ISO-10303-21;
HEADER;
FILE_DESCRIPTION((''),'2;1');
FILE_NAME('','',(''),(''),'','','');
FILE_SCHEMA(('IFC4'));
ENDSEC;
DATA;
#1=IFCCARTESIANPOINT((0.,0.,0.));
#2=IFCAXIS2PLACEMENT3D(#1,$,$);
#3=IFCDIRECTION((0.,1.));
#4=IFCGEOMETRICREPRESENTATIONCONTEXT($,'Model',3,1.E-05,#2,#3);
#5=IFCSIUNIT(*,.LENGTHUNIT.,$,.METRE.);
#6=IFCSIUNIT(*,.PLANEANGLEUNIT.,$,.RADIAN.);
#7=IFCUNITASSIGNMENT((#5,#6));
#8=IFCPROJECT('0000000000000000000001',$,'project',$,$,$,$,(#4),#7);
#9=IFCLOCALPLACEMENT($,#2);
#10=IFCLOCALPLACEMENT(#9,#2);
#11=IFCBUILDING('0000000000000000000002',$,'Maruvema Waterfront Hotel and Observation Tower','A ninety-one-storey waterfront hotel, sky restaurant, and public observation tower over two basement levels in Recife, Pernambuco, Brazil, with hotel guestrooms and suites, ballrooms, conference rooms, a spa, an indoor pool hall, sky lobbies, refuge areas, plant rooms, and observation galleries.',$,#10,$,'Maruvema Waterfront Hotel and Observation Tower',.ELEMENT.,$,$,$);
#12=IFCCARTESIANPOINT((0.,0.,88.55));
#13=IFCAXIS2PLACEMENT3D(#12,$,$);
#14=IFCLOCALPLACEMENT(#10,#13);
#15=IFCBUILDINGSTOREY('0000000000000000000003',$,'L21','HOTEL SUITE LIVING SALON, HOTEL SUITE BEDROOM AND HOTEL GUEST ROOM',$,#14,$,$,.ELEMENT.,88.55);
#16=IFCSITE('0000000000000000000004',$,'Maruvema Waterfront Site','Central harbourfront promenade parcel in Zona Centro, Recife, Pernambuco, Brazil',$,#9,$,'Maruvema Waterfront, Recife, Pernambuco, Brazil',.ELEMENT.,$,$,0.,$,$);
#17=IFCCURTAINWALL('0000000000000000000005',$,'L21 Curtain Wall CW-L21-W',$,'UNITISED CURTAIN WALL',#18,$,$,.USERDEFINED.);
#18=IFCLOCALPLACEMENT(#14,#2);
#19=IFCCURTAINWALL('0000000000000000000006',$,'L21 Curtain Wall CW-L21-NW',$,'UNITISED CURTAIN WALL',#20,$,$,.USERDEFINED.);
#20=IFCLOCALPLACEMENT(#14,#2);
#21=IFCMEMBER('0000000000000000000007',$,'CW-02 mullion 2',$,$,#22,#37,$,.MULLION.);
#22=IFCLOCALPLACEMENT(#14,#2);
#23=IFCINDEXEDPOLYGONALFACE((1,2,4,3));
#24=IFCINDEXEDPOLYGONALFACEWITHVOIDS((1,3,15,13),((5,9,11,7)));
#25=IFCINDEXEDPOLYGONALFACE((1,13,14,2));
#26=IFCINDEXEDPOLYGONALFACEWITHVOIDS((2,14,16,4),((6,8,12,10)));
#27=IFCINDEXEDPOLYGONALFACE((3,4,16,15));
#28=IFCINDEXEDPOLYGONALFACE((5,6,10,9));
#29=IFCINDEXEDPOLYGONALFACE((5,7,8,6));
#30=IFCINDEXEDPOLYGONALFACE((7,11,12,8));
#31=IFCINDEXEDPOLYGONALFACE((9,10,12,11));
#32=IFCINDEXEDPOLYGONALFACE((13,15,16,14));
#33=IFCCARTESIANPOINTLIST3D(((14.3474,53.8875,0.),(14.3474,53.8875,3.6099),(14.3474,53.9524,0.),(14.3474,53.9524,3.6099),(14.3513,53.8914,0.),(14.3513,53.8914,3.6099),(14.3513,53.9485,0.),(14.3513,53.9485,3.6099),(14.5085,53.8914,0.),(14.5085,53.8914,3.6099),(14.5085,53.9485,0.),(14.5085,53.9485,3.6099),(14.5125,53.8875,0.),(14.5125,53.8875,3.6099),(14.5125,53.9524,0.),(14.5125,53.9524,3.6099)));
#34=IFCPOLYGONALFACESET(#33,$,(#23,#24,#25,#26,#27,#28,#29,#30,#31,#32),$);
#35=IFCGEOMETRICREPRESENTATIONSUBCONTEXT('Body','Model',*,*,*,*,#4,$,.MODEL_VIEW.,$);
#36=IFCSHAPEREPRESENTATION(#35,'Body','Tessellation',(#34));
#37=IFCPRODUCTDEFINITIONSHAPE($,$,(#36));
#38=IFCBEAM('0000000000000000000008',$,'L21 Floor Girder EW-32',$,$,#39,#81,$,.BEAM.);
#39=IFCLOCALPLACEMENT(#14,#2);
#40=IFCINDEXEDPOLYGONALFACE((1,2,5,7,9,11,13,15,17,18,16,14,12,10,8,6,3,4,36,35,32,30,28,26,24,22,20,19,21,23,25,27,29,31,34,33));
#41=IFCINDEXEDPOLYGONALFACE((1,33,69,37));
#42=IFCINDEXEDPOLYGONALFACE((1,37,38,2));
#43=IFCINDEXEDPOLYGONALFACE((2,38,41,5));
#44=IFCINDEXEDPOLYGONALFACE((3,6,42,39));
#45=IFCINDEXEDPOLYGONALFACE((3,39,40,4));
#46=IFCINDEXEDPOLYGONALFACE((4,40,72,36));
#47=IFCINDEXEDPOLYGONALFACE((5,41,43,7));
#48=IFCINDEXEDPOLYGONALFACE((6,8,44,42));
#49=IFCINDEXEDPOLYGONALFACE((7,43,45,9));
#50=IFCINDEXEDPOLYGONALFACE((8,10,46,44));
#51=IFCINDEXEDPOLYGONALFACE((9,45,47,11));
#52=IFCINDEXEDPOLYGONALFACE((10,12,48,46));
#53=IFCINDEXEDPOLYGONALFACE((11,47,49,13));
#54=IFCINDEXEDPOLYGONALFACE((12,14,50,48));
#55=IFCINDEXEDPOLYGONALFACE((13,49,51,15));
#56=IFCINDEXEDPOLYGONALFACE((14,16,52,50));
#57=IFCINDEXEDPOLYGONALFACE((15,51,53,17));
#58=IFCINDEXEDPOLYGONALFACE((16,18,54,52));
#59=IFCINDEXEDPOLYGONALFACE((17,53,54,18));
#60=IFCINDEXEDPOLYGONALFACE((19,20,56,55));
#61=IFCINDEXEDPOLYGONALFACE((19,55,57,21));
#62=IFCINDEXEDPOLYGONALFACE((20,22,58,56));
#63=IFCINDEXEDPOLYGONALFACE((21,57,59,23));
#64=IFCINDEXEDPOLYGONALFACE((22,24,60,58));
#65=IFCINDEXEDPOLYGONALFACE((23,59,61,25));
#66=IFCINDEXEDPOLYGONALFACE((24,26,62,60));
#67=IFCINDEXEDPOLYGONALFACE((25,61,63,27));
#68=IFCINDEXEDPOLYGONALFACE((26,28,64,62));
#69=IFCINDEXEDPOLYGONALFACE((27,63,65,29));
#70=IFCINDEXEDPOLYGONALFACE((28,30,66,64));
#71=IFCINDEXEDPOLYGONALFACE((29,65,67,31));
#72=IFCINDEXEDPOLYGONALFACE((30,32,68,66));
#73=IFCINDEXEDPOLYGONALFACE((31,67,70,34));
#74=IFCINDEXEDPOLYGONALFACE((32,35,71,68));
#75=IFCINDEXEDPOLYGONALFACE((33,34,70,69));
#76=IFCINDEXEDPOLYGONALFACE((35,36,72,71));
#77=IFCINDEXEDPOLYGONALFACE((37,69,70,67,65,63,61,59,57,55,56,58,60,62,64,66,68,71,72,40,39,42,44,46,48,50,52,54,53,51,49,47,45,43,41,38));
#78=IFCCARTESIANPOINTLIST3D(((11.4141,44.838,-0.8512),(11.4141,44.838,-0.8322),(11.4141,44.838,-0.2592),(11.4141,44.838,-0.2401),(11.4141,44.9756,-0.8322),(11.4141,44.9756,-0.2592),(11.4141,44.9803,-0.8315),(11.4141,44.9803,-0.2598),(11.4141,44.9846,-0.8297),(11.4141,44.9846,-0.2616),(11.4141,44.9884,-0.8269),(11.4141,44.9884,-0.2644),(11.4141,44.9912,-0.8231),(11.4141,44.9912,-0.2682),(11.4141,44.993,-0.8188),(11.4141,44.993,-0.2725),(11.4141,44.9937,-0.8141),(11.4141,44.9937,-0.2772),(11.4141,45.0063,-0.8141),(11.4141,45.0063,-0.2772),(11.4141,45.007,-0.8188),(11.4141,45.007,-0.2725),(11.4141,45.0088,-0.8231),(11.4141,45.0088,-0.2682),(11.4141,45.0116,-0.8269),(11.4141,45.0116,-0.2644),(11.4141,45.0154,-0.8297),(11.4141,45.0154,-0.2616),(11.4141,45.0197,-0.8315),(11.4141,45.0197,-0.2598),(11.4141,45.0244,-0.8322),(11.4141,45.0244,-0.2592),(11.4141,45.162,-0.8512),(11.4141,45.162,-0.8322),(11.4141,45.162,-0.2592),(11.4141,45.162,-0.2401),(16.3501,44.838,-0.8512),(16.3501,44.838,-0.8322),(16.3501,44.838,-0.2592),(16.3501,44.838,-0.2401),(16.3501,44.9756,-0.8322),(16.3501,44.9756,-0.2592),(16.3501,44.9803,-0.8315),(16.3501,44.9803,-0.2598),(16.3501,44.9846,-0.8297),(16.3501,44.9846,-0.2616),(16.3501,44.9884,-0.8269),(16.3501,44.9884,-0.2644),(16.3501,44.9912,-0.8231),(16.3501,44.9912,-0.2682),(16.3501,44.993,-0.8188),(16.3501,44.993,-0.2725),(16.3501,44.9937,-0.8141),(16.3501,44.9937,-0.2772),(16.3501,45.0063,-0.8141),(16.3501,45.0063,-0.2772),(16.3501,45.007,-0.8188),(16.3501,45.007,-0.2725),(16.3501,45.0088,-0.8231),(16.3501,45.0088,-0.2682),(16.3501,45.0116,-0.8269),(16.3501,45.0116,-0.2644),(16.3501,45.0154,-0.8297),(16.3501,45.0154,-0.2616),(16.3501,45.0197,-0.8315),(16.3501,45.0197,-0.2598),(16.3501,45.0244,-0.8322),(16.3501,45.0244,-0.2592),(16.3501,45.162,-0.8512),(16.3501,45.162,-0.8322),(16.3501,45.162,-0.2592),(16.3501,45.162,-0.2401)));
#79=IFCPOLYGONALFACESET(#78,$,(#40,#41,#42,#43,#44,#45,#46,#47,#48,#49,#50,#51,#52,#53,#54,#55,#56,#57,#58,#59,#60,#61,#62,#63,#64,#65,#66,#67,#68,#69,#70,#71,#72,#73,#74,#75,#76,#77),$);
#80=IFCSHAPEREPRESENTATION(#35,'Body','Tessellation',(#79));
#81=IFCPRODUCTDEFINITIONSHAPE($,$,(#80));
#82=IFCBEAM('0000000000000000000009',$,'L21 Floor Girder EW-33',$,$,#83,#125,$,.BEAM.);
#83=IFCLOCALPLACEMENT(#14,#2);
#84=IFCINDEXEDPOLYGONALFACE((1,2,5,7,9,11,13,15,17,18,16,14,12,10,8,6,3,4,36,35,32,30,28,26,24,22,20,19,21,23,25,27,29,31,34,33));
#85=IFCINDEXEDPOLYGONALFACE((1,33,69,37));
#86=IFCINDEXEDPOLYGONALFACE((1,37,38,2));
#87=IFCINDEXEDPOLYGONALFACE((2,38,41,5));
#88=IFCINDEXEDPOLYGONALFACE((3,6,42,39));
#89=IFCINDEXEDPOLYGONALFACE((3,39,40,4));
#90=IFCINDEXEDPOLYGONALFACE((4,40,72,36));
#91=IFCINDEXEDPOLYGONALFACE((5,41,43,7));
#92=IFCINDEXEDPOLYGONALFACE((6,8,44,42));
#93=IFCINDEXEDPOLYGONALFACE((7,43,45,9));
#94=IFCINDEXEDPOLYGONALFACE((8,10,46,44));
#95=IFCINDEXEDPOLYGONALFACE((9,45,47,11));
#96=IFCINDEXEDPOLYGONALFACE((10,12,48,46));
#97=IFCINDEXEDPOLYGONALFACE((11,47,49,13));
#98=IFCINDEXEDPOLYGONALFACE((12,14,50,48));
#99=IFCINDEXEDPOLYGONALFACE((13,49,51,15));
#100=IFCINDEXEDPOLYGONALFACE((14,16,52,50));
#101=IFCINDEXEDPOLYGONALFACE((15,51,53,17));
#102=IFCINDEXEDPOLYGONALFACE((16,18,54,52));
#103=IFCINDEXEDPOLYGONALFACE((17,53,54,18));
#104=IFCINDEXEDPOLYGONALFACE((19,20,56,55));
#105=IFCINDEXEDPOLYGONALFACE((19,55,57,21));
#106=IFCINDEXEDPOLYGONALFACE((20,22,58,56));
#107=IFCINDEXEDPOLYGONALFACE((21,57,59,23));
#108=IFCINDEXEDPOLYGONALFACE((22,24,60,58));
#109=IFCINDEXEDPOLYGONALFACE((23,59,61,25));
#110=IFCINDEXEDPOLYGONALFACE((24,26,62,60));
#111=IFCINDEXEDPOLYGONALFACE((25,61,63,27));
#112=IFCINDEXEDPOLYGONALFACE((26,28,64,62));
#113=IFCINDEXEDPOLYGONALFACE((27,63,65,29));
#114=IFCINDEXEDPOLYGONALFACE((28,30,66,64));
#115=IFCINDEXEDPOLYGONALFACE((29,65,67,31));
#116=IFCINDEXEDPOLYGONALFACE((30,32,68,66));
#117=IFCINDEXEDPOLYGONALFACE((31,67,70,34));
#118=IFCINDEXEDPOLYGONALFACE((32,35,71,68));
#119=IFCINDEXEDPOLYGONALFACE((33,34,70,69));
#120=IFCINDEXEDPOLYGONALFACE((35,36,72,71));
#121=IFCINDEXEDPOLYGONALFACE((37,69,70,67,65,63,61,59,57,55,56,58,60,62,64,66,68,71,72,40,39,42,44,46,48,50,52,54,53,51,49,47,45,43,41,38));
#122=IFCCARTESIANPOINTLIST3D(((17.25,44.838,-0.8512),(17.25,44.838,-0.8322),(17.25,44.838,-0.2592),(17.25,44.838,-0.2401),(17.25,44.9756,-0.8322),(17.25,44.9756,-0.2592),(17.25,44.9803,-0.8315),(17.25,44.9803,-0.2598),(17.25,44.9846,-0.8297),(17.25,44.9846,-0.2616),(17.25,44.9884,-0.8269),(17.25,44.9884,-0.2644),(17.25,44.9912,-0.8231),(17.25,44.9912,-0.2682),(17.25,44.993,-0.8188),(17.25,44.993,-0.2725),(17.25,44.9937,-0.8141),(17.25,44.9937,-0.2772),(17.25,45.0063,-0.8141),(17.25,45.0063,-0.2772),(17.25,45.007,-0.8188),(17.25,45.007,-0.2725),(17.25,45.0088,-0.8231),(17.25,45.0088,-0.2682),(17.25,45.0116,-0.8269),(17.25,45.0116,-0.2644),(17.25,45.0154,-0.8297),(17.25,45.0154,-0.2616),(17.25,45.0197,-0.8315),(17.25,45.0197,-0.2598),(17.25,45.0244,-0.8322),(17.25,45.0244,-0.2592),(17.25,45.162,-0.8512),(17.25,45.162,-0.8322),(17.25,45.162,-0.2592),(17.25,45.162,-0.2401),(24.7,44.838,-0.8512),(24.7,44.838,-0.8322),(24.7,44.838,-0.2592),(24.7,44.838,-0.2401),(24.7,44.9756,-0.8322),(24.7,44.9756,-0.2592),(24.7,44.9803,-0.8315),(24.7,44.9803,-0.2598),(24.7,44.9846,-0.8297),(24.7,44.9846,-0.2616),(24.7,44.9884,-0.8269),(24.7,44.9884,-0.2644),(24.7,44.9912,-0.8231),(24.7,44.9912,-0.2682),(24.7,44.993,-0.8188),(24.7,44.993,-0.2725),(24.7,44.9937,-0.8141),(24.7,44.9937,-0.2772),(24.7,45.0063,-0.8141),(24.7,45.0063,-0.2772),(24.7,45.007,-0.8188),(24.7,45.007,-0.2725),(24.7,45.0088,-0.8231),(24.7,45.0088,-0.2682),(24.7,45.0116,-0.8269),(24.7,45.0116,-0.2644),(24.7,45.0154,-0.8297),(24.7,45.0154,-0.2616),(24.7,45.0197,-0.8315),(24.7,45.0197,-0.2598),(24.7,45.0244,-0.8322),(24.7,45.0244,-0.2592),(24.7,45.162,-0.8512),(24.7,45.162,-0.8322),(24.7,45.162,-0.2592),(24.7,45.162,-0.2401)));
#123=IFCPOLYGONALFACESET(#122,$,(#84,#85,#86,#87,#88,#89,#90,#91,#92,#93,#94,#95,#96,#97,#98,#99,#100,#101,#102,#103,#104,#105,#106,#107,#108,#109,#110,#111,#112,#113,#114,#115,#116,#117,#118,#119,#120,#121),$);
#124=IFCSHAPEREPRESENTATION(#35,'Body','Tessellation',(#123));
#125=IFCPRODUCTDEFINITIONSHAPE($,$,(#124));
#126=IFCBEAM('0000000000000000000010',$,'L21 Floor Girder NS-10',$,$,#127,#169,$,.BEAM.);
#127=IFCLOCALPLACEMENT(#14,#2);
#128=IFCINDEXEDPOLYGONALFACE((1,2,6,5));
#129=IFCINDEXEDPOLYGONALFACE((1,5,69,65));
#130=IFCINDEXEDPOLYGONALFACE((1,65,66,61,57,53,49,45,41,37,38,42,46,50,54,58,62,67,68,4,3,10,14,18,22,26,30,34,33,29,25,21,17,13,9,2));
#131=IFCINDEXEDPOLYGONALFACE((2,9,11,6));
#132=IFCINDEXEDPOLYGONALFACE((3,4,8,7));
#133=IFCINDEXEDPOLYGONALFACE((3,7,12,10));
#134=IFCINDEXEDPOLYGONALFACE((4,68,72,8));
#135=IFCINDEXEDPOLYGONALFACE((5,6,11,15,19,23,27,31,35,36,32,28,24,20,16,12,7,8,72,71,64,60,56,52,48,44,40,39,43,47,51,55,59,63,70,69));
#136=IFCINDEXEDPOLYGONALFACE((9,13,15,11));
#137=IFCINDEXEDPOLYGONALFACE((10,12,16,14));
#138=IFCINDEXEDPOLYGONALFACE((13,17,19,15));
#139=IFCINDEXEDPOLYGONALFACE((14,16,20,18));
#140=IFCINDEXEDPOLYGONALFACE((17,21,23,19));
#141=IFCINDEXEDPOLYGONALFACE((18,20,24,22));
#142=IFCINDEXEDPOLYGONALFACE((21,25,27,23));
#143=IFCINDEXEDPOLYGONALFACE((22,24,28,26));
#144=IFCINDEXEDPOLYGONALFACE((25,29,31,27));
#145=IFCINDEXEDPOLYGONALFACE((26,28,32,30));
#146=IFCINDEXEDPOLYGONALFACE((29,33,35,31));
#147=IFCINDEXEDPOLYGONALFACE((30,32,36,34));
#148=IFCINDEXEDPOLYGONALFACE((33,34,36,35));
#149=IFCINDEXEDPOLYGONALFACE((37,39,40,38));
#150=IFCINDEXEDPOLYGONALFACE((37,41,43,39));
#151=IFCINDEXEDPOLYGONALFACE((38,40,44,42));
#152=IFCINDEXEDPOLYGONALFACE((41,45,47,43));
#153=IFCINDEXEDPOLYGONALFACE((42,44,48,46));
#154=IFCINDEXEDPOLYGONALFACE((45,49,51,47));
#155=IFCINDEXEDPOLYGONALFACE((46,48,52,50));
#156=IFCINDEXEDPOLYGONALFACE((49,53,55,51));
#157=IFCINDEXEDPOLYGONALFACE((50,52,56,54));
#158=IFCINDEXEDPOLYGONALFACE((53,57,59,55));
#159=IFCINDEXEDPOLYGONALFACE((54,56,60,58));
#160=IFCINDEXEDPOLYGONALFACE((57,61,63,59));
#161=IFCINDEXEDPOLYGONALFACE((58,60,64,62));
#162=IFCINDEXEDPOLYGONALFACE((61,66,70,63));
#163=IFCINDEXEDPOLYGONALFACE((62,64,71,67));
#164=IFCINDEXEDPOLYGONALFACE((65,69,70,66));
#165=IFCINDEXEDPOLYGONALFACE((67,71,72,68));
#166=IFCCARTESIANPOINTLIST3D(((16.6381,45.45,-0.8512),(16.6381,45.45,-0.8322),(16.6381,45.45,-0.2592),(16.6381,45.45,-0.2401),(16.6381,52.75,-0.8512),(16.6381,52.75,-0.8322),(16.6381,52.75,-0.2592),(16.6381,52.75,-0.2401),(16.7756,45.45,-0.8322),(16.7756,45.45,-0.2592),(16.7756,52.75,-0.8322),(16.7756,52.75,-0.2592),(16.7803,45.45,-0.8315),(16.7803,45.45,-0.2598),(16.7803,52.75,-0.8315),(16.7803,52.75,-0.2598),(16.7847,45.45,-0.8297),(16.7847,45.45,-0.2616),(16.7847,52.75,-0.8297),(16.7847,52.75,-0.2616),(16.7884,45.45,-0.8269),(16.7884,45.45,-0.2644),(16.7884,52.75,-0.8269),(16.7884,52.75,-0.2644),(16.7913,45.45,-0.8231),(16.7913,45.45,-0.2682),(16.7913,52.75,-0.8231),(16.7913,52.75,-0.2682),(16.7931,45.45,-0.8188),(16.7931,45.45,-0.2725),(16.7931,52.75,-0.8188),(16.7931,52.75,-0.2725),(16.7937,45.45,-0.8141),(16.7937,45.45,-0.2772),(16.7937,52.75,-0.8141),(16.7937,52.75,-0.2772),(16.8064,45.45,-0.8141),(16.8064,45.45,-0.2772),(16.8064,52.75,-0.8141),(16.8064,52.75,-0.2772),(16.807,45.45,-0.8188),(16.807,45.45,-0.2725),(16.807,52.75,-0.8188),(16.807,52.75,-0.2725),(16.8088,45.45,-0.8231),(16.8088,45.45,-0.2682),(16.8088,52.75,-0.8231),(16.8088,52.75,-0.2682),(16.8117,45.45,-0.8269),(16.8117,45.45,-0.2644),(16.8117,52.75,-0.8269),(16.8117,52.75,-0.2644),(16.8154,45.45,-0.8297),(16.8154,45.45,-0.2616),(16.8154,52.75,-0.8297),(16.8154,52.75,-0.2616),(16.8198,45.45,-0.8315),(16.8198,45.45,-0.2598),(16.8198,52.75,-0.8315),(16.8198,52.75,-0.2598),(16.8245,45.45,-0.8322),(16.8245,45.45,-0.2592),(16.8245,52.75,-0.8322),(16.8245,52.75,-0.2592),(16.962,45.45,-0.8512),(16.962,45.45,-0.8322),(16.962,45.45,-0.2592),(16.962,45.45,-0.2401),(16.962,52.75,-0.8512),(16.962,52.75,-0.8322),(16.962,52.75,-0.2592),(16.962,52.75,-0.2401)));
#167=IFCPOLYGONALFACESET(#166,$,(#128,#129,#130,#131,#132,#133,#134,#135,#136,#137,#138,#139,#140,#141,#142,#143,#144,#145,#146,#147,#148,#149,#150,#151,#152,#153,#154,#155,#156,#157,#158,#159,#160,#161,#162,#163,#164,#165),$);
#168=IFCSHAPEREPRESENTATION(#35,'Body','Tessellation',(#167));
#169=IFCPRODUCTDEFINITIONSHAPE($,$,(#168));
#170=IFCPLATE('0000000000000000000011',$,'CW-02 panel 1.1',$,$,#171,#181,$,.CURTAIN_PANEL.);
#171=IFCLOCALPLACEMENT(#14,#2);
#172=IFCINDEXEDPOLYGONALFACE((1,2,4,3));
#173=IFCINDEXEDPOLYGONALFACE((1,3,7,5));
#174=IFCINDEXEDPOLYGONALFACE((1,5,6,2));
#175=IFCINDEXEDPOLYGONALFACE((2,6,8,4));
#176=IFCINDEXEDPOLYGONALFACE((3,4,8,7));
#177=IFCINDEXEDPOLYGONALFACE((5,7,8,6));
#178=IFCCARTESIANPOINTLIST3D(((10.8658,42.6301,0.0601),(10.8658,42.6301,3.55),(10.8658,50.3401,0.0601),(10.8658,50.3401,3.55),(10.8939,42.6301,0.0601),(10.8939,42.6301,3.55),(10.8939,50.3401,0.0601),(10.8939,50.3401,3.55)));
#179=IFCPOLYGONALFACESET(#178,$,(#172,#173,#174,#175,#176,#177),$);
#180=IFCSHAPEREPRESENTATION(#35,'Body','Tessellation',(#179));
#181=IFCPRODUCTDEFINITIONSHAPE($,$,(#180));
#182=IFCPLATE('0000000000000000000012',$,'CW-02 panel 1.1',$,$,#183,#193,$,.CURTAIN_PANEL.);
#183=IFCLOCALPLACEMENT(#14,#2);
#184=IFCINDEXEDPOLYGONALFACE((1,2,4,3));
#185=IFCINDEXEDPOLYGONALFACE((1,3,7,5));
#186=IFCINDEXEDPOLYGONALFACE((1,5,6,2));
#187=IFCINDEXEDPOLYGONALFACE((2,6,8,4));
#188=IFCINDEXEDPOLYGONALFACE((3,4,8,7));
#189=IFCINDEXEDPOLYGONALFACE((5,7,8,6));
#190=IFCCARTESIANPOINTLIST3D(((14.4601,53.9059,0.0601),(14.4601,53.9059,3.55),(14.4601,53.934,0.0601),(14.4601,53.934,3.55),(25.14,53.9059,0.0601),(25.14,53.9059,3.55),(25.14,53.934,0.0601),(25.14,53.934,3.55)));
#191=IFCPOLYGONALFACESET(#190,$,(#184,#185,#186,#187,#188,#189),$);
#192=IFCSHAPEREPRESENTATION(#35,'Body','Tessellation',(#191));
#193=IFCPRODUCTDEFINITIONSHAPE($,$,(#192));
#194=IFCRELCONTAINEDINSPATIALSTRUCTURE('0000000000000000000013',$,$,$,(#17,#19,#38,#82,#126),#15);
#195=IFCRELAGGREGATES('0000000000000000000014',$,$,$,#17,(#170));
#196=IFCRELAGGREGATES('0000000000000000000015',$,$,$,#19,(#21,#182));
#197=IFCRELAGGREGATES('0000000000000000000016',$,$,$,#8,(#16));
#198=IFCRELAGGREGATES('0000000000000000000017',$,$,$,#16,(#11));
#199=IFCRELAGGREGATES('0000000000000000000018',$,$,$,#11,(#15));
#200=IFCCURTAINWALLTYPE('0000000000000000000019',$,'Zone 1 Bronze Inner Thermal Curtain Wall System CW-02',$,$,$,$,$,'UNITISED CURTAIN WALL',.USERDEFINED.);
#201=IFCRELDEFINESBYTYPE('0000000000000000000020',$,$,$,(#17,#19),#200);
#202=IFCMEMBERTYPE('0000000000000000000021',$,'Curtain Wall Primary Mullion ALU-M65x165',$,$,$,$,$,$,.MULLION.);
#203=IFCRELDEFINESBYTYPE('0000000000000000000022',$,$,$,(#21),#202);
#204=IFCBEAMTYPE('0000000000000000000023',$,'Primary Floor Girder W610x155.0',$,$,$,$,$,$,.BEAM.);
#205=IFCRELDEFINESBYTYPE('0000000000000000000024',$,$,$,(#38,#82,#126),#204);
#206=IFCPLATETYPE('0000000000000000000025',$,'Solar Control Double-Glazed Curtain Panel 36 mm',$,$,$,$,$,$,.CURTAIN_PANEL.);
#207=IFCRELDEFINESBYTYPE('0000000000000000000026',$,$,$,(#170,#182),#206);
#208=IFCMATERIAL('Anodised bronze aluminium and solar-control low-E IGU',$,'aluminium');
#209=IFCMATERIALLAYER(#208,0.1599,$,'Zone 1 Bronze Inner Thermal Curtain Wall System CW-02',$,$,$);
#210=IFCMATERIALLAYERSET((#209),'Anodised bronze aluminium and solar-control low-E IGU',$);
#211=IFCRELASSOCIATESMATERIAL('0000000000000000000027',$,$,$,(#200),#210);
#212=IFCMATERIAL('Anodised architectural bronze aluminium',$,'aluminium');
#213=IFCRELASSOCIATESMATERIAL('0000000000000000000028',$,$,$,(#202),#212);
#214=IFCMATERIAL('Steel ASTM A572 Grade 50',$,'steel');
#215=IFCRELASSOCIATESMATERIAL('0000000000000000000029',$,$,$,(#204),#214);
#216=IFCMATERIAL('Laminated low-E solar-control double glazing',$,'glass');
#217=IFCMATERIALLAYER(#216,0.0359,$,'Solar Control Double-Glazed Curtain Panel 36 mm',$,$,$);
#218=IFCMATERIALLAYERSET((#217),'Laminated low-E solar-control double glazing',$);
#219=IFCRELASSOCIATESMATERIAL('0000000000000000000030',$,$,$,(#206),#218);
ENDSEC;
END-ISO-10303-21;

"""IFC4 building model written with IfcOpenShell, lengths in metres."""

from ifc_helpers import new_model, si_unit, direction, frame, origin, origin_2d, place, context, subcontext, project, spatial, rectangle, hollow_rectangle, i_section, extrude, material, layer, layer_set, material_profile, profile_set, type_object, element, aggregate, save


model = new_model("IFC4")

# Units and contexts
model_context = context("Model", 3, precision=1e-05, world=origin(), true_north=direction((0.0, 1.0)))
body_context = subcontext(model_context, "Body", "Model", "MODEL_VIEW")
ifc_project = project(units=[si_unit("LENGTHUNIT", "METRE"), si_unit("PLANEANGLEUNIT", "RADIAN")], contexts=[model_context])

# Site, building, storey
site_placement = place(None, origin())
site = spatial("IfcSite", under=ifc_project, at=site_placement, Name="Maruvema Waterfront Site", Description="Central harbourfront promenade parcel in Zona Centro, Recife, Pernambuco, Brazil", LongName="Maruvema Waterfront, Recife, Pernambuco, Brazil", CompositionType="ELEMENT", RefElevation=0.0)
building_placement = place(site_placement, origin())
building = spatial("IfcBuilding", under=site, at=building_placement, Name="Maruvema Waterfront Hotel and Observation Tower", Description="A ninety-one-storey waterfront hotel, sky restaurant, and public observation tower over two basement levels in Recife, Pernambuco, Brazil, with hotel guestrooms and suites, ballrooms, conference rooms, a spa, an indoor pool hall, sky lobbies, refuge areas, plant rooms, and observation galleries.", LongName="Maruvema Waterfront Hotel and Observation Tower", CompositionType="ELEMENT")
storey_placement = place(building_placement, frame((0.0, 0.0, 88.55)))
storey = spatial("IfcBuildingStorey", under=building, at=storey_placement, Name="L21", Description="HOTEL SUITE LIVING SALON, HOTEL SUITE BEDROOM AND HOTEL GUEST ROOM", CompositionType="ELEMENT", Elevation=88.55)

# Curtain walls
ifc_material_1 = material(Name="Anodised bronze aluminium and solar-control low-E IGU", Category="aluminium")
ifc_layer_1 = layer(ifc_material_1, 0.1599, Name="Zone 1 Bronze Inner Thermal Curtain Wall System CW-02")
ifc_layer_set_1 = layer_set([ifc_layer_1], Name="Anodised bronze aluminium and solar-control low-E IGU")
curtain_wall_type = type_object("IfcCurtainWallType", Name="Zone 1 Bronze Inner Thermal Curtain Wall System CW-02", ElementType="UNITISED CURTAIN WALL", PredefinedType="USERDEFINED", material=ifc_layer_set_1)
curtain_wall_1_placement = place(storey_placement, origin())
curtain_wall_1 = element("IfcCurtainWall", 1, at=curtain_wall_1_placement, inside=storey, type_object=curtain_wall_type, Name="L21 Curtain Wall CW-L21-W", ObjectType="UNITISED CURTAIN WALL", PredefinedType="USERDEFINED")
curtain_wall_2_placement = place(storey_placement, origin())
curtain_wall_2 = element("IfcCurtainWall", 2, at=curtain_wall_2_placement, inside=storey, type_object=curtain_wall_type, Name="L21 Curtain Wall CW-L21-NW", ObjectType="UNITISED CURTAIN WALL", PredefinedType="USERDEFINED")

# Member
ifc_material_2 = material(Name="Anodised architectural bronze aluminium", Category="aluminium")
ifc_material_profile_1 = material_profile(ifc_material_2, hollow_rectangle(XDim=0.0649, YDim=0.165, WallThickness=0.0039, at=origin_2d()), Name="ALU-M65x165")
ifc_profile_set_1 = profile_set([ifc_material_profile_1], Name="Anodised architectural bronze aluminium")
member_type_1 = type_object("IfcMemberType", Name="Curtain Wall Primary Mullion ALU-M65x165", PredefinedType="MULLION", material=ifc_profile_set_1)
member_1_placement = place(storey_placement, frame((14.4299, 53.9199, 0.0), z_axis=(0.0, 0.0, 1.0), x_axis=(0.0, -1.0, 0.0)))
member_1 = element("IfcMember", 3, at=member_1_placement, type_object=member_type_1, Name="CW-02 mullion 2", PredefinedType="MULLION", context=body_context, shape_type="SweptSolid", body=[
    extrude(hollow_rectangle(XDim=0.0649, YDim=0.165, WallThickness=0.0039, at=origin_2d()), origin(), (0.0, 0.0, 1.0), 3.6099),
])

# Beams
ifc_material_3 = material(Name="Steel ASTM A572 Grade 50", Category="steel")
ifc_material_profile_2 = material_profile(ifc_material_3, i_section(OverallWidth=0.324, OverallDepth=0.6111, WebThickness=0.0127, FlangeThickness=0.019, FilletRadius=0.0181, at=origin_2d()), Name="W610x155.0")
ifc_profile_set_2 = profile_set([ifc_material_profile_2], Name="Steel ASTM A572 Grade 50")
beam_type = type_object("IfcBeamType", Name="Primary Floor Girder W610x155.0", PredefinedType="BEAM", material=ifc_profile_set_2)
beam_1_placement = place(storey_placement, frame((11.4141, 45.0, -0.5457), z_axis=(1.0, 0.0, 0.0), x_axis=(0.0, 1.0, 0.0)))
element("IfcBeam", 4, at=beam_1_placement, inside=storey, type_object=beam_type, Name="L21 Floor Girder EW-32", PredefinedType="BEAM", context=body_context, shape_type="SweptSolid", body=[
    extrude(i_section(OverallWidth=0.324, OverallDepth=0.6111, WebThickness=0.0127, FlangeThickness=0.019, FilletRadius=0.0181, at=origin_2d()), origin(), (0.0, 0.0, 1.0), 4.936),
])
beam_2_placement = place(storey_placement, frame((17.25, 45.0, -0.5457), z_axis=(1.0, 0.0, 0.0), x_axis=(0.0, 1.0, 0.0)))
element("IfcBeam", 5, at=beam_2_placement, inside=storey, type_object=beam_type, Name="L21 Floor Girder EW-33", PredefinedType="BEAM", context=body_context, shape_type="SweptSolid", body=[
    extrude(i_section(OverallWidth=0.324, OverallDepth=0.6111, WebThickness=0.0127, FlangeThickness=0.019, FilletRadius=0.0181, at=origin_2d()), origin(), (0.0, 0.0, 1.0), 7.45),
])
beam_3_placement = place(storey_placement, frame((16.8, 45.45, -0.5457), z_axis=(0.0, 1.0, 0.0), x_axis=(-1.0, 0.0, 0.0)))
element("IfcBeam", 6, at=beam_3_placement, inside=storey, type_object=beam_type, Name="L21 Floor Girder NS-10", PredefinedType="BEAM", context=body_context, shape_type="SweptSolid", body=[
    extrude(i_section(OverallWidth=0.324, OverallDepth=0.6111, WebThickness=0.0127, FlangeThickness=0.019, FilletRadius=0.0181, at=origin_2d()), origin(), (0.0, 0.0, 1.0), 7.3),
])

# Plates
ifc_material_4 = material(Name="Laminated low-E solar-control double glazing", Category="glass")
ifc_layer_2 = layer(ifc_material_4, 0.0359, Name="Solar Control Double-Glazed Curtain Panel 36 mm")
ifc_layer_set_2 = layer_set([ifc_layer_2], Name="Laminated low-E solar-control double glazing")
plate_type_1 = type_object("IfcPlateType", Name="Solar Control Double-Glazed Curtain Panel 36 mm", PredefinedType="CURTAIN_PANEL", material=ifc_layer_set_2)
plate_1_placement = place(storey_placement, frame((10.8799, 46.4851, 0.0601), z_axis=(0.0, 0.0, 1.0), x_axis=(0.0, -1.0, 0.0)))
plate_1 = element("IfcPlate", 7, at=plate_1_placement, type_object=plate_type_1, Name="CW-02 panel 1.1", PredefinedType="CURTAIN_PANEL", context=body_context, shape_type="SweptSolid", body=[
    extrude(rectangle(XDim=7.71, YDim=0.0281, at=origin_2d()), origin(), (0.0, 0.0, 1.0), 3.49),
])
aggregate(curtain_wall_1, [plate_1])
plate_2_placement = place(storey_placement, frame((19.8, 53.9199, 0.0601), z_axis=(0.0, 0.0, 1.0), x_axis=(-1.0, 0.0, 0.0)))
plate_2 = element("IfcPlate", 8, at=plate_2_placement, type_object=plate_type_1, Name="CW-02 panel 1.1", PredefinedType="CURTAIN_PANEL", context=body_context, shape_type="SweptSolid", body=[
    extrude(rectangle(XDim=10.6799, YDim=0.0281, at=origin_2d()), origin(), (0.0, 0.0, 1.0), 3.49),
])
aggregate(curtain_wall_2, [member_1, plate_2])

save(model, "model.ifc")
